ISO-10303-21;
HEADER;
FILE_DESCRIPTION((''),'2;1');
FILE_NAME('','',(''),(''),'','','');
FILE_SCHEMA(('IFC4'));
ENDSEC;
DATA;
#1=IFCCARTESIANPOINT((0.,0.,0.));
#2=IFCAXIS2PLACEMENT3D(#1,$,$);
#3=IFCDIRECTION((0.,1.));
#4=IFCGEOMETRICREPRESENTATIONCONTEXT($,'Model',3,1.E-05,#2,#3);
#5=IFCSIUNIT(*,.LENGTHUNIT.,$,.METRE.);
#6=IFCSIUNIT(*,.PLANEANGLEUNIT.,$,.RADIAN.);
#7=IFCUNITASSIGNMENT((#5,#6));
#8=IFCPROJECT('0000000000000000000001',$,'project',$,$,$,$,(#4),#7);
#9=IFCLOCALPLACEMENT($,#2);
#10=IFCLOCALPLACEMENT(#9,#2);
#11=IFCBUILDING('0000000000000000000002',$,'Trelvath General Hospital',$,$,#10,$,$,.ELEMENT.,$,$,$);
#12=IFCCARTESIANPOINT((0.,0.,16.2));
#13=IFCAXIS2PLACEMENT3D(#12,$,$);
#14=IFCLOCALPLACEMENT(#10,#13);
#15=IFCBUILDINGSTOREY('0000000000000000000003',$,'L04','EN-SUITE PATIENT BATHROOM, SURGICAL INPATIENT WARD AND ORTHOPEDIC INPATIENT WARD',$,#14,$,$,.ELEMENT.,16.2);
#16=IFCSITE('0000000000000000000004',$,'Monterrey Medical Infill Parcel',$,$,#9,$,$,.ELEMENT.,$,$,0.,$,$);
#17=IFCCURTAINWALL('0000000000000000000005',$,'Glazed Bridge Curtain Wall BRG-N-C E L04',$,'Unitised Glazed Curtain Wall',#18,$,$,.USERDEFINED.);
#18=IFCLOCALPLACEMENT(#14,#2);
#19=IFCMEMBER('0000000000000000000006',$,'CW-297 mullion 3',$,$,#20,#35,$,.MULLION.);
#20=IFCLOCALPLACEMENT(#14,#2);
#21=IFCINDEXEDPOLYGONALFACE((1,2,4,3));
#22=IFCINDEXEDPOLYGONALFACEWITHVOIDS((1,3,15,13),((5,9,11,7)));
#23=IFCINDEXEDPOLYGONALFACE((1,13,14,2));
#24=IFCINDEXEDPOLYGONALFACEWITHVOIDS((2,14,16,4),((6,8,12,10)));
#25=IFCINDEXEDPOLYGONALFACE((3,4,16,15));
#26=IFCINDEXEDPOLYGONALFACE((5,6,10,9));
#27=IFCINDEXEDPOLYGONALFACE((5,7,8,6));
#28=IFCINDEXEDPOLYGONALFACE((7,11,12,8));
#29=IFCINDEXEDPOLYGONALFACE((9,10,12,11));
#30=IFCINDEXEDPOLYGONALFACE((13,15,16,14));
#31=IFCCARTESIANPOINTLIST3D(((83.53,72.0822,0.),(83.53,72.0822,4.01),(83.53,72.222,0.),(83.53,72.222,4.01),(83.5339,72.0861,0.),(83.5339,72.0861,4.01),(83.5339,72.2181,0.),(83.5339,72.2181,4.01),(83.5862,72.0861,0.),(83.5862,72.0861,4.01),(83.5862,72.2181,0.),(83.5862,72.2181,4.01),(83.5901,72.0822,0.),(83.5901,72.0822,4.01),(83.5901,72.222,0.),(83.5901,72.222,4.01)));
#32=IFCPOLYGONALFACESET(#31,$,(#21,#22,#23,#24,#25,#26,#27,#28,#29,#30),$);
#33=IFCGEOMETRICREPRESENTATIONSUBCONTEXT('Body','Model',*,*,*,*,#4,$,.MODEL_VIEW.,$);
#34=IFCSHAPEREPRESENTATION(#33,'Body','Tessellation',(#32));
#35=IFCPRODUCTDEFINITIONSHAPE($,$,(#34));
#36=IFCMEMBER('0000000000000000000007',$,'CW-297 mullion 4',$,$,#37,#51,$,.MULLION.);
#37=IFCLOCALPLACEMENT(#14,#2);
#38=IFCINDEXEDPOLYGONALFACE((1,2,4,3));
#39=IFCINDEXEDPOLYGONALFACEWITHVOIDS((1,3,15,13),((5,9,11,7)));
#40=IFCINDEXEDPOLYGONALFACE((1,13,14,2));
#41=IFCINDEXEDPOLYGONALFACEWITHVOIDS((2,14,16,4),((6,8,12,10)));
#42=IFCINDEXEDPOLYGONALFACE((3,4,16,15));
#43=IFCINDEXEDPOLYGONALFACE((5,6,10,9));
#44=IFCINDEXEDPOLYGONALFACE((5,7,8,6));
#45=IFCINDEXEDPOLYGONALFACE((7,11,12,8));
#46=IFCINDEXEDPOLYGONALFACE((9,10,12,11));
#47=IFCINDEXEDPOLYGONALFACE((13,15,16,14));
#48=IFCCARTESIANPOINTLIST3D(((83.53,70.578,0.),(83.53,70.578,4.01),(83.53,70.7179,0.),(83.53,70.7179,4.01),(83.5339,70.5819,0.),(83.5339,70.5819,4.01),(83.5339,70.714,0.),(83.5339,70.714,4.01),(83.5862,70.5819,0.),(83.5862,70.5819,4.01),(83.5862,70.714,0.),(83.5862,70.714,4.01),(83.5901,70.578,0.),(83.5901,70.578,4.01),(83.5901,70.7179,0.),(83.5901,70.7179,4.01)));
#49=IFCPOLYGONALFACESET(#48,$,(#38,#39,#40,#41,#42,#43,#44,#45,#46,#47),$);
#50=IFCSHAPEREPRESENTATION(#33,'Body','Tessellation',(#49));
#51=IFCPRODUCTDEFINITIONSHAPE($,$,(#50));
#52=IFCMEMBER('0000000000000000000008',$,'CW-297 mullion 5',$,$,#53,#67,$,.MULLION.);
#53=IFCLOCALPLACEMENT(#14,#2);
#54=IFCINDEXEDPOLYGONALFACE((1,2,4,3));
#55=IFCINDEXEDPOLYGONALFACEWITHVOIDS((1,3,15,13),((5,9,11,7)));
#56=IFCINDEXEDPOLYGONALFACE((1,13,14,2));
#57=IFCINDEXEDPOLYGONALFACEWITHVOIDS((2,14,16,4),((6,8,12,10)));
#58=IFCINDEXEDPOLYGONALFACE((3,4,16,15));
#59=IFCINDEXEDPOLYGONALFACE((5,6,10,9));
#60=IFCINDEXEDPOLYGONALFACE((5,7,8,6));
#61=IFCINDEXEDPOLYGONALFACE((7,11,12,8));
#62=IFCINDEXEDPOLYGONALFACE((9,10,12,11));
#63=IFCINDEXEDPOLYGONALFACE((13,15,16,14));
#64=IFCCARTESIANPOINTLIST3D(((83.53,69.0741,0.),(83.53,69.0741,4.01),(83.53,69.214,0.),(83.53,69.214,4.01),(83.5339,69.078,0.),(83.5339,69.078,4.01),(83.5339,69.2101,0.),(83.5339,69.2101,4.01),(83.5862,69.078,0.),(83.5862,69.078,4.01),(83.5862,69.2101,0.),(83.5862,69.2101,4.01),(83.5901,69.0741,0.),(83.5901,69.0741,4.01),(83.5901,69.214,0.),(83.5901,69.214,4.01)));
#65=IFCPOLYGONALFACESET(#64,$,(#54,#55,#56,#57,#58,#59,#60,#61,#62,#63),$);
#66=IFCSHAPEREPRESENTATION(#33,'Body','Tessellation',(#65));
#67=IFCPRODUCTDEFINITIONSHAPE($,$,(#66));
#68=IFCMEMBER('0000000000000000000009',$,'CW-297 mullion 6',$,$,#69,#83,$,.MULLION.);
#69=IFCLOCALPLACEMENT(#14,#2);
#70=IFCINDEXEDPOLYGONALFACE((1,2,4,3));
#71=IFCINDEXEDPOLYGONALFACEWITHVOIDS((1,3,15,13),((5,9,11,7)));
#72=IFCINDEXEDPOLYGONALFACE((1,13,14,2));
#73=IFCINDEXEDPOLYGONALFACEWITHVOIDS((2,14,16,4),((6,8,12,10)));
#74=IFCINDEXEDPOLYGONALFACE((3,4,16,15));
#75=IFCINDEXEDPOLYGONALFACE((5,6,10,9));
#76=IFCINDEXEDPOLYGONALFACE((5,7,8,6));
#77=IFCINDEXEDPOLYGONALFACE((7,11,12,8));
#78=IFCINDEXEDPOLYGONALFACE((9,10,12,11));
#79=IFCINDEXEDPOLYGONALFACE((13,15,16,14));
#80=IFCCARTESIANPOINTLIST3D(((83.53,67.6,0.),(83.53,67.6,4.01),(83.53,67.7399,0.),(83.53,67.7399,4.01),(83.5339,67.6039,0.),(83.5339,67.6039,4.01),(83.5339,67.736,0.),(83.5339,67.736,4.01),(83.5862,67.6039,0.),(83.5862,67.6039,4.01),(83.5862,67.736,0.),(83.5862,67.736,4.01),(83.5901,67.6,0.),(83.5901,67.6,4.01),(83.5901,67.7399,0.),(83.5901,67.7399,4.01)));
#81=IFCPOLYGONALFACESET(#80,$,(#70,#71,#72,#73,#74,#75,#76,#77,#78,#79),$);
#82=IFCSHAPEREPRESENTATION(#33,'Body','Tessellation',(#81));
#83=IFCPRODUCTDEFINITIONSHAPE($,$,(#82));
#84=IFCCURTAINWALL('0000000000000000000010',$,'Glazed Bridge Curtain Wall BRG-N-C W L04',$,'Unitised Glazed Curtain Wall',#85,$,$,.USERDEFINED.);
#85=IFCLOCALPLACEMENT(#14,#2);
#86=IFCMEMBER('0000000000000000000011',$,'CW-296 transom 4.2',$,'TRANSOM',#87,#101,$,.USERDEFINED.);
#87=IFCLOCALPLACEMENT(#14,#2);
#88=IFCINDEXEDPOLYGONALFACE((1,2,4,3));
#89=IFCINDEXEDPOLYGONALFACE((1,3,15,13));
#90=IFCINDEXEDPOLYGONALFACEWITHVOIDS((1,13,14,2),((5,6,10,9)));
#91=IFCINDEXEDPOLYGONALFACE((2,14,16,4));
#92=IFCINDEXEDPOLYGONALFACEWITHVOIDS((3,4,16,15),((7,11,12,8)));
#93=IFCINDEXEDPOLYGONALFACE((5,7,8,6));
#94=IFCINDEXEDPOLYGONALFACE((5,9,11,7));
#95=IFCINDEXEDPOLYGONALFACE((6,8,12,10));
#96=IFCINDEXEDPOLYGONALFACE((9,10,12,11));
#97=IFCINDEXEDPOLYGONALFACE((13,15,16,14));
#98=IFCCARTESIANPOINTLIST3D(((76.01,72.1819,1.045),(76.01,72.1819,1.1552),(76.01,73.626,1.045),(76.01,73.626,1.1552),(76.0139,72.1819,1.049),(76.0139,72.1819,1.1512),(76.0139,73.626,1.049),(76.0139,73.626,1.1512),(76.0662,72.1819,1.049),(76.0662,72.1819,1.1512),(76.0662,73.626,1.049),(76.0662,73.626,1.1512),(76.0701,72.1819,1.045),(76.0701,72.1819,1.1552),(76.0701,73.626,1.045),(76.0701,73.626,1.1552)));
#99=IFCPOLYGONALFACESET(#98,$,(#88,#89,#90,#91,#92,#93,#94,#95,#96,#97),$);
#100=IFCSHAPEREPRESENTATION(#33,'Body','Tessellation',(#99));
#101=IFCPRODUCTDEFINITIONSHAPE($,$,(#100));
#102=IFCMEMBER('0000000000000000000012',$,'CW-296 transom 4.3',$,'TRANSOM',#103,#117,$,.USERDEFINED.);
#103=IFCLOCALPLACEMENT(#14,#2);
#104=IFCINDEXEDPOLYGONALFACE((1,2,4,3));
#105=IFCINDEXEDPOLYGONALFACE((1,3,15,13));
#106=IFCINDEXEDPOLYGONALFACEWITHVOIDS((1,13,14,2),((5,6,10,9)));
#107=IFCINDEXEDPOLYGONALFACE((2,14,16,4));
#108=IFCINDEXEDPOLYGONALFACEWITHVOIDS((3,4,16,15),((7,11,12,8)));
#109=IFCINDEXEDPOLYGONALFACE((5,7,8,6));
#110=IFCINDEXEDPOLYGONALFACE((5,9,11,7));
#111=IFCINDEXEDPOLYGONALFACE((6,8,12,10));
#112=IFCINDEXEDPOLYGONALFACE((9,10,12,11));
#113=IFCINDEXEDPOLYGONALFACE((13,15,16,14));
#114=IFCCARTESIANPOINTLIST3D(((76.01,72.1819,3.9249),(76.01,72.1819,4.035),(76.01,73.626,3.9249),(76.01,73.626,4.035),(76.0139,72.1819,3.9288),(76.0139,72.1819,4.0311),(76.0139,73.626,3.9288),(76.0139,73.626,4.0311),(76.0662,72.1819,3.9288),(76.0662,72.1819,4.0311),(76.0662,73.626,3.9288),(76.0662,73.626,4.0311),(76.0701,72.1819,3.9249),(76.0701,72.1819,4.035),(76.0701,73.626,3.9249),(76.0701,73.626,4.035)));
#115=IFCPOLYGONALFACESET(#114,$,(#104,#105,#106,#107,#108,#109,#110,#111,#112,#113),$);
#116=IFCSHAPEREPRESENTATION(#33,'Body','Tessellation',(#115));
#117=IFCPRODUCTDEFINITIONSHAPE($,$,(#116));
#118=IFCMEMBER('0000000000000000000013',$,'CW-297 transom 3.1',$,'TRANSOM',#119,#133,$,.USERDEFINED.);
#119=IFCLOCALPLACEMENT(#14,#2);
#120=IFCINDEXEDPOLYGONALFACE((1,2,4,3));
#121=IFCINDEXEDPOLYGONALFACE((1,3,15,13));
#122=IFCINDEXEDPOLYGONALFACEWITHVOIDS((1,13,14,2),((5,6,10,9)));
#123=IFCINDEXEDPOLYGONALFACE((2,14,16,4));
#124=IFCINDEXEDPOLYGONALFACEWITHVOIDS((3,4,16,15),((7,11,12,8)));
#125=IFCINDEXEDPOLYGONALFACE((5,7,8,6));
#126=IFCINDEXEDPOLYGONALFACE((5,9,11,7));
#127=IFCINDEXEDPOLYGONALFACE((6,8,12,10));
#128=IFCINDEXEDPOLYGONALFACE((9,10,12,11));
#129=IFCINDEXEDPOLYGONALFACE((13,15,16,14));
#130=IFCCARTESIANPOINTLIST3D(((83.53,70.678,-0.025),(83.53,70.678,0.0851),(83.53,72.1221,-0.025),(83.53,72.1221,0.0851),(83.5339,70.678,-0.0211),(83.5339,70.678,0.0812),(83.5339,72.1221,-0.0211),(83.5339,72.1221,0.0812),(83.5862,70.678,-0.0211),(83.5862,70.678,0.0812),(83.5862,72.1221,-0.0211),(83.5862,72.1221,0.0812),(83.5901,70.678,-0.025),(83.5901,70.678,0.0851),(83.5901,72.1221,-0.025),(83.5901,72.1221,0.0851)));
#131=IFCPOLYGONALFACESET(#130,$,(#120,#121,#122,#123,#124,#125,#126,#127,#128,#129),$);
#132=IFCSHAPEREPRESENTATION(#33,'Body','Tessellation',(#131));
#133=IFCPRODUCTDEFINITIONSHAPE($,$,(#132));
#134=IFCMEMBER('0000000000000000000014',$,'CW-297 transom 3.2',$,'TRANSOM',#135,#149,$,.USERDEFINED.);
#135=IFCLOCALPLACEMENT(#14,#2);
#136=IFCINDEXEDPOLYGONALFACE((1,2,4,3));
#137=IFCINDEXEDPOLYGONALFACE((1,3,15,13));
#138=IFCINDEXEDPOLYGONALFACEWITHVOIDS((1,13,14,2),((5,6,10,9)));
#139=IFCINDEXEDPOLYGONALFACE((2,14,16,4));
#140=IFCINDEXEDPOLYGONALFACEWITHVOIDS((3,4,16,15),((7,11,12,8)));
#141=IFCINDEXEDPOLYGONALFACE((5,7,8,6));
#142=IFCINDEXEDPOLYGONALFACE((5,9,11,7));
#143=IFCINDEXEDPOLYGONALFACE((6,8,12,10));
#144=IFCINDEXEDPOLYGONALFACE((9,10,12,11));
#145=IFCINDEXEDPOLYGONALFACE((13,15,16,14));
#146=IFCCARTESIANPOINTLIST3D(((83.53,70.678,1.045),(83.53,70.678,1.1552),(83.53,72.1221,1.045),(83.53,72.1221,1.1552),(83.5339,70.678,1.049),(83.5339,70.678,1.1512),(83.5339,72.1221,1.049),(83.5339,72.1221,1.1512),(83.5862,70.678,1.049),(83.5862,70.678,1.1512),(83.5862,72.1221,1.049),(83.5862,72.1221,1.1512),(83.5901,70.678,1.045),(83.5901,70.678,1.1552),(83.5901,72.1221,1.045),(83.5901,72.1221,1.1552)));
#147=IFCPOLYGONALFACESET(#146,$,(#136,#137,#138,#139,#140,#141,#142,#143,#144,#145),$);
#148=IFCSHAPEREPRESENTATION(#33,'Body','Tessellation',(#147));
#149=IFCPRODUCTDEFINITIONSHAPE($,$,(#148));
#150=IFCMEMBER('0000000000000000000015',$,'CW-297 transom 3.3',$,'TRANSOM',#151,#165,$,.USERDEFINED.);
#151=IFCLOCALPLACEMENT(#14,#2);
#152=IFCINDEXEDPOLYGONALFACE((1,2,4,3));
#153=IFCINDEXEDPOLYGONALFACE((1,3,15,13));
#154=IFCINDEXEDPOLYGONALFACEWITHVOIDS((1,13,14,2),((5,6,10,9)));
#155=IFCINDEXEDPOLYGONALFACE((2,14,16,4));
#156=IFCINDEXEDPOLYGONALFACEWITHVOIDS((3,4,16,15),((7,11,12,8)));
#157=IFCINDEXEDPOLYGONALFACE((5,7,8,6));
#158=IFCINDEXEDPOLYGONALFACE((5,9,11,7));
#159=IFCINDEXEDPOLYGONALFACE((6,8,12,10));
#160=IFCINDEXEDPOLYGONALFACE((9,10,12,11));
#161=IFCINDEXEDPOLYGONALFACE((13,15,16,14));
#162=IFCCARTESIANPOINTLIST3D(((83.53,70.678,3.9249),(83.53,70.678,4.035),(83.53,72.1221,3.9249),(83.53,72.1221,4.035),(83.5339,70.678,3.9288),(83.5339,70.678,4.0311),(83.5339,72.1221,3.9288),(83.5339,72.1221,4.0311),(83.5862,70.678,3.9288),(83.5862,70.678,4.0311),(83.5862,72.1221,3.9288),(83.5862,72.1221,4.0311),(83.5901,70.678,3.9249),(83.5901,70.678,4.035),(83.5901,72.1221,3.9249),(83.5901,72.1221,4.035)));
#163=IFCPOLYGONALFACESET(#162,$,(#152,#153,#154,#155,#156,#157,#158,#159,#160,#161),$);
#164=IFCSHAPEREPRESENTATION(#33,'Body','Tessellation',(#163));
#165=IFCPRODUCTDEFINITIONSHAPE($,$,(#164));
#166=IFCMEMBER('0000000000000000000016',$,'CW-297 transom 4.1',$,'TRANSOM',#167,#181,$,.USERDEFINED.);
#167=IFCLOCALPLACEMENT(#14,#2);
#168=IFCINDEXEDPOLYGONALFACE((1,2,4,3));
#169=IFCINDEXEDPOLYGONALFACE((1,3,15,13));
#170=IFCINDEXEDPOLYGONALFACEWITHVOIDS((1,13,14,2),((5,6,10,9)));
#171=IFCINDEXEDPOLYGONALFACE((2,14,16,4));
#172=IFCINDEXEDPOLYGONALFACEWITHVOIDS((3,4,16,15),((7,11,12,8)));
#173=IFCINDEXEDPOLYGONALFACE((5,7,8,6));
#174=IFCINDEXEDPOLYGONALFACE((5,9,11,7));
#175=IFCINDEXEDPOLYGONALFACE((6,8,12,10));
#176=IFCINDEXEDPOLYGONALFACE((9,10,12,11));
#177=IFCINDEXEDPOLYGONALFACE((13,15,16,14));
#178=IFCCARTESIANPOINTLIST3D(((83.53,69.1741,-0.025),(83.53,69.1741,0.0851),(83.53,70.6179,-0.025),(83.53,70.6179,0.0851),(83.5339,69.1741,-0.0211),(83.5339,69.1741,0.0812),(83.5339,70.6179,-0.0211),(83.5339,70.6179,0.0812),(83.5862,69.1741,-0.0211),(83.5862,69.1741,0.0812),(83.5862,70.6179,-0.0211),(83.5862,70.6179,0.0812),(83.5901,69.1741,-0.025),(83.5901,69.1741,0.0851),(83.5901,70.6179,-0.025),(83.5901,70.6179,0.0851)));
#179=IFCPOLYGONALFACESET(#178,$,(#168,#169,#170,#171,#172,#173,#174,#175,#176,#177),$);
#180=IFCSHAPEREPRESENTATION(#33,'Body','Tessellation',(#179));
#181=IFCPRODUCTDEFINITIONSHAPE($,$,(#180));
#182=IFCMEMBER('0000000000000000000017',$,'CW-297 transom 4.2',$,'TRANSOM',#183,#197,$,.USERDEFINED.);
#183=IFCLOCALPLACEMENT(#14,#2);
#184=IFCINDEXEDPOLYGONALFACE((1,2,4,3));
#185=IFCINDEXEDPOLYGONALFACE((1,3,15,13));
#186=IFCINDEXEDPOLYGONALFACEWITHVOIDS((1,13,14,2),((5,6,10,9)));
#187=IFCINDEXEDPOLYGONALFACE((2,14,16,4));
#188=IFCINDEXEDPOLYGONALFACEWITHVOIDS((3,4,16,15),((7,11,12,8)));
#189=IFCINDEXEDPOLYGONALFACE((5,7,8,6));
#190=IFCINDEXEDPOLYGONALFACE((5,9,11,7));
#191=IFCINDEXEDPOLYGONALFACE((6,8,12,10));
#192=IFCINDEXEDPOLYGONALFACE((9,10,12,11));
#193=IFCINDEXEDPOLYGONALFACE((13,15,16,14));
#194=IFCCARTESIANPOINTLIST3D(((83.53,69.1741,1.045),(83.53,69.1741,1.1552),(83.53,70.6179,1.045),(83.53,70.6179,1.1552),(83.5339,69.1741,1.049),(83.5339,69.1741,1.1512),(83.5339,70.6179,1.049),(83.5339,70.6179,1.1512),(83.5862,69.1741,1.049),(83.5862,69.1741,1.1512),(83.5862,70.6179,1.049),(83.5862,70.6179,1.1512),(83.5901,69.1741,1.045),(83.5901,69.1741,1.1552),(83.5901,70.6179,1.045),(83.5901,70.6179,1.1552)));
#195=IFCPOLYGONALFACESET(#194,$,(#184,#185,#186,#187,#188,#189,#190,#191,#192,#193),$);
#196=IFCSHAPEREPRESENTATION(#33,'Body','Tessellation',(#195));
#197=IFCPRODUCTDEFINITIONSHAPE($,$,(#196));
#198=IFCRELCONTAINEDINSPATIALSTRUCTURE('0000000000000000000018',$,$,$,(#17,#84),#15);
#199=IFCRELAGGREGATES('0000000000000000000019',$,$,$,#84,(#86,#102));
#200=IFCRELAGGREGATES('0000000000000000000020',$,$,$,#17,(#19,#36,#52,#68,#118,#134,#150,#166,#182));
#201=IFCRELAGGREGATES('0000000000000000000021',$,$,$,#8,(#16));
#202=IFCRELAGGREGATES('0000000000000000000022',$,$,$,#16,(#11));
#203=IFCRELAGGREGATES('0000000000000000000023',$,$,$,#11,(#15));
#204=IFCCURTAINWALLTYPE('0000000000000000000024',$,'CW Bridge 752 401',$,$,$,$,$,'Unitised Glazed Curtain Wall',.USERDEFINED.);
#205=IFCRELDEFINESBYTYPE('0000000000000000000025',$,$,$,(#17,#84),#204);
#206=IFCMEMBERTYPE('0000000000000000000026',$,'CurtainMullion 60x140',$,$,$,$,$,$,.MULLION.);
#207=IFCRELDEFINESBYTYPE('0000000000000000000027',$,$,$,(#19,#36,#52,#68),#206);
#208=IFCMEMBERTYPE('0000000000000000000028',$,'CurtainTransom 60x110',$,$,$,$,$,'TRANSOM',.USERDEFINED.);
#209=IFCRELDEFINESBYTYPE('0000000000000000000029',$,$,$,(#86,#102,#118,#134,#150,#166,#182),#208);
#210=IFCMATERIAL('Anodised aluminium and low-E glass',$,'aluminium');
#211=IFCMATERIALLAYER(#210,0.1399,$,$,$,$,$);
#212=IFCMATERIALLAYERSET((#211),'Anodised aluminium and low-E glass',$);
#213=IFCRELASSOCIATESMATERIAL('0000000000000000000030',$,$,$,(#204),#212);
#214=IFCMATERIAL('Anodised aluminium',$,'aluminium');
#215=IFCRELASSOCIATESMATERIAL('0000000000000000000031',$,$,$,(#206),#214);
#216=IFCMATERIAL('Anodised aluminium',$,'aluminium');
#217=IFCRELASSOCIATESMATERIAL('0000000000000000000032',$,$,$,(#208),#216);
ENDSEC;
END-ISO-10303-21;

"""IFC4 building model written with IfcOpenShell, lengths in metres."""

from ifc_helpers import new_model, si_unit, direction, frame, origin, origin_2d, place, context, subcontext, project, spatial, hollow_rectangle, extrude, material, layer, layer_set, material_profile, profile_set, type_object, element, aggregate, save


model = new_model("IFC4")

# Units and contexts
model_context = context("Model", 3, precision=1e-05, world=origin(), true_north=direction((0.0, 1.0)))
body_context = subcontext(model_context, "Body", "Model", "MODEL_VIEW")
ifc_project = project(units=[si_unit("LENGTHUNIT", "METRE"), si_unit("PLANEANGLEUNIT", "RADIAN")], contexts=[model_context])

# Site, building, storey
site_placement = place(None, origin())
site = spatial("IfcSite", under=ifc_project, at=site_placement, Name="Monterrey Medical Infill Parcel", CompositionType="ELEMENT", RefElevation=0.0)
building_placement = place(site_placement, origin())
building = spatial("IfcBuilding", under=site, at=building_placement, Name="Trelvath General Hospital", CompositionType="ELEMENT")
storey_placement = place(building_placement, frame((0.0, 0.0, 16.2)))
storey = spatial("IfcBuildingStorey", under=building, at=storey_placement, Name="L04", Description="EN-SUITE PATIENT BATHROOM, SURGICAL INPATIENT WARD AND ORTHOPEDIC INPATIENT WARD", CompositionType="ELEMENT", Elevation=16.2)

# Curtain walls, members
ifc_material_1 = material(Name="Anodised aluminium and low-E glass", Category="aluminium")
ifc_layer_1 = layer(ifc_material_1, 0.1399)
ifc_layer_set_1 = layer_set([ifc_layer_1], Name="Anodised aluminium and low-E glass")
curtain_wall_type = type_object("IfcCurtainWallType", Name="CW Bridge 752 401", ElementType="Unitised Glazed Curtain Wall", PredefinedType="USERDEFINED", material=ifc_layer_set_1)
curtain_wall_1_placement = place(storey_placement, origin())
curtain_wall_1 = element("IfcCurtainWall", 1, at=curtain_wall_1_placement, inside=storey, type_object=curtain_wall_type, Name="Glazed Bridge Curtain Wall BRG-N-C E L04", ObjectType="Unitised Glazed Curtain Wall", PredefinedType="USERDEFINED")
ifc_material_2 = material(Name="Anodised aluminium", Category="aluminium")
ifc_material_profile_1 = material_profile(ifc_material_2, hollow_rectangle(XDim=0.0601, YDim=0.1399, WallThickness=0.0039, at=origin_2d()), Name="RHS60x140x4")
ifc_profile_set_1 = profile_set([ifc_material_profile_1], Name="Anodised aluminium")
member_type_1 = type_object("IfcMemberType", Name="CurtainMullion 60x140", PredefinedType="MULLION", material=ifc_profile_set_1)
member_1_placement = place(storey_placement, frame((83.5601, 72.1521, 0.0), z_axis=(0.0, 0.0, 1.0), x_axis=(1.0, 0.0, 0.0)))
member_1 = element("IfcMember", 2, at=member_1_placement, type_object=member_type_1, Name="CW-297 mullion 3", PredefinedType="MULLION", context=body_context, shape_type="SweptSolid", body=[
    extrude(hollow_rectangle(XDim=0.0601, YDim=0.1399, WallThickness=0.0039, at=origin_2d()), origin(), (0.0, 0.0, 1.0), 4.01),
])
member_2_placement = place(storey_placement, frame((83.5601, 70.6479, 0.0), z_axis=(0.0, 0.0, 1.0), x_axis=(1.0, 0.0, 0.0)))
member_2 = element("IfcMember", 3, at=member_2_placement, type_object=member_type_1, Name="CW-297 mullion 4", PredefinedType="MULLION", context=body_context, shape_type="SweptSolid", body=[
    extrude(hollow_rectangle(XDim=0.0601, YDim=0.1399, WallThickness=0.0039, at=origin_2d()), origin(), (0.0, 0.0, 1.0), 4.01),
])
member_3_placement = place(storey_placement, frame((83.5601, 69.144, 0.0), z_axis=(0.0, 0.0, 1.0), x_axis=(1.0, 0.0, 0.0)))
member_3 = element("IfcMember", 4, at=member_3_placement, type_object=member_type_1, Name="CW-297 mullion 5", PredefinedType="MULLION", context=body_context, shape_type="SweptSolid", body=[
    extrude(hollow_rectangle(XDim=0.0601, YDim=0.1399, WallThickness=0.0039, at=origin_2d()), origin(), (0.0, 0.0, 1.0), 4.01),
])
member_4_placement = place(storey_placement, frame((83.5601, 67.6699, 0.0), z_axis=(0.0, 0.0, 1.0), x_axis=(1.0, 0.0, 0.0)))
member_4 = element("IfcMember", 5, at=member_4_placement, type_object=member_type_1, Name="CW-297 mullion 6", PredefinedType="MULLION", context=body_context, shape_type="SweptSolid", body=[
    extrude(hollow_rectangle(XDim=0.0601, YDim=0.1399, WallThickness=0.0039, at=origin_2d()), origin(), (0.0, 0.0, 1.0), 4.01),
])
curtain_wall_2_placement = place(storey_placement, origin())
curtain_wall_2 = element("IfcCurtainWall", 6, at=curtain_wall_2_placement, inside=storey, type_object=curtain_wall_type, Name="Glazed Bridge Curtain Wall BRG-N-C W L04", ObjectType="Unitised Glazed Curtain Wall", PredefinedType="USERDEFINED")
ifc_material_3 = material(Name="Anodised aluminium", Category="aluminium")
ifc_material_profile_2 = material_profile(ifc_material_3, hollow_rectangle(XDim=0.0601, YDim=0.1101, WallThickness=0.0039, at=origin_2d()), Name="RHS60x110x4")
ifc_profile_set_2 = profile_set([ifc_material_profile_2], Name="Anodised aluminium")
member_type_2 = type_object("IfcMemberType", Name="CurtainTransom 60x110", ElementType="TRANSOM", PredefinedType="USERDEFINED", material=ifc_profile_set_2)
member_5_placement = place(storey_placement, frame((76.04, 72.1819, 1.1001), z_axis=(0.0, 1.0, 0.0), x_axis=(-1.0, 0.0, 0.0)))
member_5 = element("IfcMember", 7, at=member_5_placement, type_object=member_type_2, Name="CW-296 transom 4.2", ObjectType="TRANSOM", PredefinedType="USERDEFINED", context=body_context, shape_type="SweptSolid", body=[
    extrude(hollow_rectangle(XDim=0.0601, YDim=0.1101, WallThickness=0.0039, at=origin_2d()), origin(), (0.0, 0.0, 1.0), 1.4441),
])
member_6_placement = place(storey_placement, frame((76.04, 72.1819, 3.98), z_axis=(0.0, 1.0, 0.0), x_axis=(-1.0, 0.0, 0.0)))
member_6 = element("IfcMember", 8, at=member_6_placement, type_object=member_type_2, Name="CW-296 transom 4.3", ObjectType="TRANSOM", PredefinedType="USERDEFINED", context=body_context, shape_type="SweptSolid", body=[
    extrude(hollow_rectangle(XDim=0.0601, YDim=0.1101, WallThickness=0.0039, at=origin_2d()), origin(), (0.0, 0.0, 1.0), 1.4441),
])

# Members
member_7_placement = place(storey_placement, frame((83.5601, 72.1221, 0.03), z_axis=(0.0, -1.0, 0.0), x_axis=(1.0, 0.0, 0.0)))
member_7 = element("IfcMember", 9, at=member_7_placement, type_object=member_type_2, Name="CW-297 transom 3.1", ObjectType="TRANSOM", PredefinedType="USERDEFINED", context=body_context, shape_type="SweptSolid", body=[
    extrude(hollow_rectangle(XDim=0.0601, YDim=0.1101, WallThickness=0.0039, at=origin_2d()), origin(), (0.0, 0.0, 1.0), 1.4441),
])
member_8_placement = place(storey_placement, frame((83.5601, 72.1221, 1.1001), z_axis=(0.0, -1.0, 0.0), x_axis=(1.0, 0.0, 0.0)))
member_8 = element("IfcMember", 10, at=member_8_placement, type_object=member_type_2, Name="CW-297 transom 3.2", ObjectType="TRANSOM", PredefinedType="USERDEFINED", context=body_context, shape_type="SweptSolid", body=[
    extrude(hollow_rectangle(XDim=0.0601, YDim=0.1101, WallThickness=0.0039, at=origin_2d()), origin(), (0.0, 0.0, 1.0), 1.4441),
])
member_9_placement = place(storey_placement, frame((83.5601, 72.1221, 3.98), z_axis=(0.0, -1.0, 0.0), x_axis=(1.0, 0.0, 0.0)))
member_9 = element("IfcMember", 11, at=member_9_placement, type_object=member_type_2, Name="CW-297 transom 3.3", ObjectType="TRANSOM", PredefinedType="USERDEFINED", context=body_context, shape_type="SweptSolid", body=[
    extrude(hollow_rectangle(XDim=0.0601, YDim=0.1101, WallThickness=0.0039, at=origin_2d()), origin(), (0.0, 0.0, 1.0), 1.4441),
])
member_10_placement = place(storey_placement, frame((83.5601, 70.6179, 0.03), z_axis=(0.0, -1.0, 0.0), x_axis=(1.0, 0.0, 0.0)))
member_10 = element("IfcMember", 12, at=member_10_placement, type_object=member_type_2, Name="CW-297 transom 4.1", ObjectType="TRANSOM", PredefinedType="USERDEFINED", context=body_context, shape_type="SweptSolid", body=[
    extrude(hollow_rectangle(XDim=0.0601, YDim=0.1101, WallThickness=0.0039, at=origin_2d()), origin(), (0.0, 0.0, 1.0), 1.4438),
])
member_11_placement = place(storey_placement, frame((83.5601, 70.6179, 1.1001), z_axis=(0.0, -1.0, 0.0), x_axis=(1.0, 0.0, 0.0)))
member_11 = element("IfcMember", 13, at=member_11_placement, type_object=member_type_2, Name="CW-297 transom 4.2", ObjectType="TRANSOM", PredefinedType="USERDEFINED", context=body_context, shape_type="SweptSolid", body=[
    extrude(hollow_rectangle(XDim=0.0601, YDim=0.1101, WallThickness=0.0039, at=origin_2d()), origin(), (0.0, 0.0, 1.0), 1.4438),
])

aggregate(curtain_wall_2, [member_5, member_6])
aggregate(curtain_wall_1, [member_1, member_2, member_3, member_4, member_7, member_8, member_9, member_10, member_11])

save(model, "model.ifc")
